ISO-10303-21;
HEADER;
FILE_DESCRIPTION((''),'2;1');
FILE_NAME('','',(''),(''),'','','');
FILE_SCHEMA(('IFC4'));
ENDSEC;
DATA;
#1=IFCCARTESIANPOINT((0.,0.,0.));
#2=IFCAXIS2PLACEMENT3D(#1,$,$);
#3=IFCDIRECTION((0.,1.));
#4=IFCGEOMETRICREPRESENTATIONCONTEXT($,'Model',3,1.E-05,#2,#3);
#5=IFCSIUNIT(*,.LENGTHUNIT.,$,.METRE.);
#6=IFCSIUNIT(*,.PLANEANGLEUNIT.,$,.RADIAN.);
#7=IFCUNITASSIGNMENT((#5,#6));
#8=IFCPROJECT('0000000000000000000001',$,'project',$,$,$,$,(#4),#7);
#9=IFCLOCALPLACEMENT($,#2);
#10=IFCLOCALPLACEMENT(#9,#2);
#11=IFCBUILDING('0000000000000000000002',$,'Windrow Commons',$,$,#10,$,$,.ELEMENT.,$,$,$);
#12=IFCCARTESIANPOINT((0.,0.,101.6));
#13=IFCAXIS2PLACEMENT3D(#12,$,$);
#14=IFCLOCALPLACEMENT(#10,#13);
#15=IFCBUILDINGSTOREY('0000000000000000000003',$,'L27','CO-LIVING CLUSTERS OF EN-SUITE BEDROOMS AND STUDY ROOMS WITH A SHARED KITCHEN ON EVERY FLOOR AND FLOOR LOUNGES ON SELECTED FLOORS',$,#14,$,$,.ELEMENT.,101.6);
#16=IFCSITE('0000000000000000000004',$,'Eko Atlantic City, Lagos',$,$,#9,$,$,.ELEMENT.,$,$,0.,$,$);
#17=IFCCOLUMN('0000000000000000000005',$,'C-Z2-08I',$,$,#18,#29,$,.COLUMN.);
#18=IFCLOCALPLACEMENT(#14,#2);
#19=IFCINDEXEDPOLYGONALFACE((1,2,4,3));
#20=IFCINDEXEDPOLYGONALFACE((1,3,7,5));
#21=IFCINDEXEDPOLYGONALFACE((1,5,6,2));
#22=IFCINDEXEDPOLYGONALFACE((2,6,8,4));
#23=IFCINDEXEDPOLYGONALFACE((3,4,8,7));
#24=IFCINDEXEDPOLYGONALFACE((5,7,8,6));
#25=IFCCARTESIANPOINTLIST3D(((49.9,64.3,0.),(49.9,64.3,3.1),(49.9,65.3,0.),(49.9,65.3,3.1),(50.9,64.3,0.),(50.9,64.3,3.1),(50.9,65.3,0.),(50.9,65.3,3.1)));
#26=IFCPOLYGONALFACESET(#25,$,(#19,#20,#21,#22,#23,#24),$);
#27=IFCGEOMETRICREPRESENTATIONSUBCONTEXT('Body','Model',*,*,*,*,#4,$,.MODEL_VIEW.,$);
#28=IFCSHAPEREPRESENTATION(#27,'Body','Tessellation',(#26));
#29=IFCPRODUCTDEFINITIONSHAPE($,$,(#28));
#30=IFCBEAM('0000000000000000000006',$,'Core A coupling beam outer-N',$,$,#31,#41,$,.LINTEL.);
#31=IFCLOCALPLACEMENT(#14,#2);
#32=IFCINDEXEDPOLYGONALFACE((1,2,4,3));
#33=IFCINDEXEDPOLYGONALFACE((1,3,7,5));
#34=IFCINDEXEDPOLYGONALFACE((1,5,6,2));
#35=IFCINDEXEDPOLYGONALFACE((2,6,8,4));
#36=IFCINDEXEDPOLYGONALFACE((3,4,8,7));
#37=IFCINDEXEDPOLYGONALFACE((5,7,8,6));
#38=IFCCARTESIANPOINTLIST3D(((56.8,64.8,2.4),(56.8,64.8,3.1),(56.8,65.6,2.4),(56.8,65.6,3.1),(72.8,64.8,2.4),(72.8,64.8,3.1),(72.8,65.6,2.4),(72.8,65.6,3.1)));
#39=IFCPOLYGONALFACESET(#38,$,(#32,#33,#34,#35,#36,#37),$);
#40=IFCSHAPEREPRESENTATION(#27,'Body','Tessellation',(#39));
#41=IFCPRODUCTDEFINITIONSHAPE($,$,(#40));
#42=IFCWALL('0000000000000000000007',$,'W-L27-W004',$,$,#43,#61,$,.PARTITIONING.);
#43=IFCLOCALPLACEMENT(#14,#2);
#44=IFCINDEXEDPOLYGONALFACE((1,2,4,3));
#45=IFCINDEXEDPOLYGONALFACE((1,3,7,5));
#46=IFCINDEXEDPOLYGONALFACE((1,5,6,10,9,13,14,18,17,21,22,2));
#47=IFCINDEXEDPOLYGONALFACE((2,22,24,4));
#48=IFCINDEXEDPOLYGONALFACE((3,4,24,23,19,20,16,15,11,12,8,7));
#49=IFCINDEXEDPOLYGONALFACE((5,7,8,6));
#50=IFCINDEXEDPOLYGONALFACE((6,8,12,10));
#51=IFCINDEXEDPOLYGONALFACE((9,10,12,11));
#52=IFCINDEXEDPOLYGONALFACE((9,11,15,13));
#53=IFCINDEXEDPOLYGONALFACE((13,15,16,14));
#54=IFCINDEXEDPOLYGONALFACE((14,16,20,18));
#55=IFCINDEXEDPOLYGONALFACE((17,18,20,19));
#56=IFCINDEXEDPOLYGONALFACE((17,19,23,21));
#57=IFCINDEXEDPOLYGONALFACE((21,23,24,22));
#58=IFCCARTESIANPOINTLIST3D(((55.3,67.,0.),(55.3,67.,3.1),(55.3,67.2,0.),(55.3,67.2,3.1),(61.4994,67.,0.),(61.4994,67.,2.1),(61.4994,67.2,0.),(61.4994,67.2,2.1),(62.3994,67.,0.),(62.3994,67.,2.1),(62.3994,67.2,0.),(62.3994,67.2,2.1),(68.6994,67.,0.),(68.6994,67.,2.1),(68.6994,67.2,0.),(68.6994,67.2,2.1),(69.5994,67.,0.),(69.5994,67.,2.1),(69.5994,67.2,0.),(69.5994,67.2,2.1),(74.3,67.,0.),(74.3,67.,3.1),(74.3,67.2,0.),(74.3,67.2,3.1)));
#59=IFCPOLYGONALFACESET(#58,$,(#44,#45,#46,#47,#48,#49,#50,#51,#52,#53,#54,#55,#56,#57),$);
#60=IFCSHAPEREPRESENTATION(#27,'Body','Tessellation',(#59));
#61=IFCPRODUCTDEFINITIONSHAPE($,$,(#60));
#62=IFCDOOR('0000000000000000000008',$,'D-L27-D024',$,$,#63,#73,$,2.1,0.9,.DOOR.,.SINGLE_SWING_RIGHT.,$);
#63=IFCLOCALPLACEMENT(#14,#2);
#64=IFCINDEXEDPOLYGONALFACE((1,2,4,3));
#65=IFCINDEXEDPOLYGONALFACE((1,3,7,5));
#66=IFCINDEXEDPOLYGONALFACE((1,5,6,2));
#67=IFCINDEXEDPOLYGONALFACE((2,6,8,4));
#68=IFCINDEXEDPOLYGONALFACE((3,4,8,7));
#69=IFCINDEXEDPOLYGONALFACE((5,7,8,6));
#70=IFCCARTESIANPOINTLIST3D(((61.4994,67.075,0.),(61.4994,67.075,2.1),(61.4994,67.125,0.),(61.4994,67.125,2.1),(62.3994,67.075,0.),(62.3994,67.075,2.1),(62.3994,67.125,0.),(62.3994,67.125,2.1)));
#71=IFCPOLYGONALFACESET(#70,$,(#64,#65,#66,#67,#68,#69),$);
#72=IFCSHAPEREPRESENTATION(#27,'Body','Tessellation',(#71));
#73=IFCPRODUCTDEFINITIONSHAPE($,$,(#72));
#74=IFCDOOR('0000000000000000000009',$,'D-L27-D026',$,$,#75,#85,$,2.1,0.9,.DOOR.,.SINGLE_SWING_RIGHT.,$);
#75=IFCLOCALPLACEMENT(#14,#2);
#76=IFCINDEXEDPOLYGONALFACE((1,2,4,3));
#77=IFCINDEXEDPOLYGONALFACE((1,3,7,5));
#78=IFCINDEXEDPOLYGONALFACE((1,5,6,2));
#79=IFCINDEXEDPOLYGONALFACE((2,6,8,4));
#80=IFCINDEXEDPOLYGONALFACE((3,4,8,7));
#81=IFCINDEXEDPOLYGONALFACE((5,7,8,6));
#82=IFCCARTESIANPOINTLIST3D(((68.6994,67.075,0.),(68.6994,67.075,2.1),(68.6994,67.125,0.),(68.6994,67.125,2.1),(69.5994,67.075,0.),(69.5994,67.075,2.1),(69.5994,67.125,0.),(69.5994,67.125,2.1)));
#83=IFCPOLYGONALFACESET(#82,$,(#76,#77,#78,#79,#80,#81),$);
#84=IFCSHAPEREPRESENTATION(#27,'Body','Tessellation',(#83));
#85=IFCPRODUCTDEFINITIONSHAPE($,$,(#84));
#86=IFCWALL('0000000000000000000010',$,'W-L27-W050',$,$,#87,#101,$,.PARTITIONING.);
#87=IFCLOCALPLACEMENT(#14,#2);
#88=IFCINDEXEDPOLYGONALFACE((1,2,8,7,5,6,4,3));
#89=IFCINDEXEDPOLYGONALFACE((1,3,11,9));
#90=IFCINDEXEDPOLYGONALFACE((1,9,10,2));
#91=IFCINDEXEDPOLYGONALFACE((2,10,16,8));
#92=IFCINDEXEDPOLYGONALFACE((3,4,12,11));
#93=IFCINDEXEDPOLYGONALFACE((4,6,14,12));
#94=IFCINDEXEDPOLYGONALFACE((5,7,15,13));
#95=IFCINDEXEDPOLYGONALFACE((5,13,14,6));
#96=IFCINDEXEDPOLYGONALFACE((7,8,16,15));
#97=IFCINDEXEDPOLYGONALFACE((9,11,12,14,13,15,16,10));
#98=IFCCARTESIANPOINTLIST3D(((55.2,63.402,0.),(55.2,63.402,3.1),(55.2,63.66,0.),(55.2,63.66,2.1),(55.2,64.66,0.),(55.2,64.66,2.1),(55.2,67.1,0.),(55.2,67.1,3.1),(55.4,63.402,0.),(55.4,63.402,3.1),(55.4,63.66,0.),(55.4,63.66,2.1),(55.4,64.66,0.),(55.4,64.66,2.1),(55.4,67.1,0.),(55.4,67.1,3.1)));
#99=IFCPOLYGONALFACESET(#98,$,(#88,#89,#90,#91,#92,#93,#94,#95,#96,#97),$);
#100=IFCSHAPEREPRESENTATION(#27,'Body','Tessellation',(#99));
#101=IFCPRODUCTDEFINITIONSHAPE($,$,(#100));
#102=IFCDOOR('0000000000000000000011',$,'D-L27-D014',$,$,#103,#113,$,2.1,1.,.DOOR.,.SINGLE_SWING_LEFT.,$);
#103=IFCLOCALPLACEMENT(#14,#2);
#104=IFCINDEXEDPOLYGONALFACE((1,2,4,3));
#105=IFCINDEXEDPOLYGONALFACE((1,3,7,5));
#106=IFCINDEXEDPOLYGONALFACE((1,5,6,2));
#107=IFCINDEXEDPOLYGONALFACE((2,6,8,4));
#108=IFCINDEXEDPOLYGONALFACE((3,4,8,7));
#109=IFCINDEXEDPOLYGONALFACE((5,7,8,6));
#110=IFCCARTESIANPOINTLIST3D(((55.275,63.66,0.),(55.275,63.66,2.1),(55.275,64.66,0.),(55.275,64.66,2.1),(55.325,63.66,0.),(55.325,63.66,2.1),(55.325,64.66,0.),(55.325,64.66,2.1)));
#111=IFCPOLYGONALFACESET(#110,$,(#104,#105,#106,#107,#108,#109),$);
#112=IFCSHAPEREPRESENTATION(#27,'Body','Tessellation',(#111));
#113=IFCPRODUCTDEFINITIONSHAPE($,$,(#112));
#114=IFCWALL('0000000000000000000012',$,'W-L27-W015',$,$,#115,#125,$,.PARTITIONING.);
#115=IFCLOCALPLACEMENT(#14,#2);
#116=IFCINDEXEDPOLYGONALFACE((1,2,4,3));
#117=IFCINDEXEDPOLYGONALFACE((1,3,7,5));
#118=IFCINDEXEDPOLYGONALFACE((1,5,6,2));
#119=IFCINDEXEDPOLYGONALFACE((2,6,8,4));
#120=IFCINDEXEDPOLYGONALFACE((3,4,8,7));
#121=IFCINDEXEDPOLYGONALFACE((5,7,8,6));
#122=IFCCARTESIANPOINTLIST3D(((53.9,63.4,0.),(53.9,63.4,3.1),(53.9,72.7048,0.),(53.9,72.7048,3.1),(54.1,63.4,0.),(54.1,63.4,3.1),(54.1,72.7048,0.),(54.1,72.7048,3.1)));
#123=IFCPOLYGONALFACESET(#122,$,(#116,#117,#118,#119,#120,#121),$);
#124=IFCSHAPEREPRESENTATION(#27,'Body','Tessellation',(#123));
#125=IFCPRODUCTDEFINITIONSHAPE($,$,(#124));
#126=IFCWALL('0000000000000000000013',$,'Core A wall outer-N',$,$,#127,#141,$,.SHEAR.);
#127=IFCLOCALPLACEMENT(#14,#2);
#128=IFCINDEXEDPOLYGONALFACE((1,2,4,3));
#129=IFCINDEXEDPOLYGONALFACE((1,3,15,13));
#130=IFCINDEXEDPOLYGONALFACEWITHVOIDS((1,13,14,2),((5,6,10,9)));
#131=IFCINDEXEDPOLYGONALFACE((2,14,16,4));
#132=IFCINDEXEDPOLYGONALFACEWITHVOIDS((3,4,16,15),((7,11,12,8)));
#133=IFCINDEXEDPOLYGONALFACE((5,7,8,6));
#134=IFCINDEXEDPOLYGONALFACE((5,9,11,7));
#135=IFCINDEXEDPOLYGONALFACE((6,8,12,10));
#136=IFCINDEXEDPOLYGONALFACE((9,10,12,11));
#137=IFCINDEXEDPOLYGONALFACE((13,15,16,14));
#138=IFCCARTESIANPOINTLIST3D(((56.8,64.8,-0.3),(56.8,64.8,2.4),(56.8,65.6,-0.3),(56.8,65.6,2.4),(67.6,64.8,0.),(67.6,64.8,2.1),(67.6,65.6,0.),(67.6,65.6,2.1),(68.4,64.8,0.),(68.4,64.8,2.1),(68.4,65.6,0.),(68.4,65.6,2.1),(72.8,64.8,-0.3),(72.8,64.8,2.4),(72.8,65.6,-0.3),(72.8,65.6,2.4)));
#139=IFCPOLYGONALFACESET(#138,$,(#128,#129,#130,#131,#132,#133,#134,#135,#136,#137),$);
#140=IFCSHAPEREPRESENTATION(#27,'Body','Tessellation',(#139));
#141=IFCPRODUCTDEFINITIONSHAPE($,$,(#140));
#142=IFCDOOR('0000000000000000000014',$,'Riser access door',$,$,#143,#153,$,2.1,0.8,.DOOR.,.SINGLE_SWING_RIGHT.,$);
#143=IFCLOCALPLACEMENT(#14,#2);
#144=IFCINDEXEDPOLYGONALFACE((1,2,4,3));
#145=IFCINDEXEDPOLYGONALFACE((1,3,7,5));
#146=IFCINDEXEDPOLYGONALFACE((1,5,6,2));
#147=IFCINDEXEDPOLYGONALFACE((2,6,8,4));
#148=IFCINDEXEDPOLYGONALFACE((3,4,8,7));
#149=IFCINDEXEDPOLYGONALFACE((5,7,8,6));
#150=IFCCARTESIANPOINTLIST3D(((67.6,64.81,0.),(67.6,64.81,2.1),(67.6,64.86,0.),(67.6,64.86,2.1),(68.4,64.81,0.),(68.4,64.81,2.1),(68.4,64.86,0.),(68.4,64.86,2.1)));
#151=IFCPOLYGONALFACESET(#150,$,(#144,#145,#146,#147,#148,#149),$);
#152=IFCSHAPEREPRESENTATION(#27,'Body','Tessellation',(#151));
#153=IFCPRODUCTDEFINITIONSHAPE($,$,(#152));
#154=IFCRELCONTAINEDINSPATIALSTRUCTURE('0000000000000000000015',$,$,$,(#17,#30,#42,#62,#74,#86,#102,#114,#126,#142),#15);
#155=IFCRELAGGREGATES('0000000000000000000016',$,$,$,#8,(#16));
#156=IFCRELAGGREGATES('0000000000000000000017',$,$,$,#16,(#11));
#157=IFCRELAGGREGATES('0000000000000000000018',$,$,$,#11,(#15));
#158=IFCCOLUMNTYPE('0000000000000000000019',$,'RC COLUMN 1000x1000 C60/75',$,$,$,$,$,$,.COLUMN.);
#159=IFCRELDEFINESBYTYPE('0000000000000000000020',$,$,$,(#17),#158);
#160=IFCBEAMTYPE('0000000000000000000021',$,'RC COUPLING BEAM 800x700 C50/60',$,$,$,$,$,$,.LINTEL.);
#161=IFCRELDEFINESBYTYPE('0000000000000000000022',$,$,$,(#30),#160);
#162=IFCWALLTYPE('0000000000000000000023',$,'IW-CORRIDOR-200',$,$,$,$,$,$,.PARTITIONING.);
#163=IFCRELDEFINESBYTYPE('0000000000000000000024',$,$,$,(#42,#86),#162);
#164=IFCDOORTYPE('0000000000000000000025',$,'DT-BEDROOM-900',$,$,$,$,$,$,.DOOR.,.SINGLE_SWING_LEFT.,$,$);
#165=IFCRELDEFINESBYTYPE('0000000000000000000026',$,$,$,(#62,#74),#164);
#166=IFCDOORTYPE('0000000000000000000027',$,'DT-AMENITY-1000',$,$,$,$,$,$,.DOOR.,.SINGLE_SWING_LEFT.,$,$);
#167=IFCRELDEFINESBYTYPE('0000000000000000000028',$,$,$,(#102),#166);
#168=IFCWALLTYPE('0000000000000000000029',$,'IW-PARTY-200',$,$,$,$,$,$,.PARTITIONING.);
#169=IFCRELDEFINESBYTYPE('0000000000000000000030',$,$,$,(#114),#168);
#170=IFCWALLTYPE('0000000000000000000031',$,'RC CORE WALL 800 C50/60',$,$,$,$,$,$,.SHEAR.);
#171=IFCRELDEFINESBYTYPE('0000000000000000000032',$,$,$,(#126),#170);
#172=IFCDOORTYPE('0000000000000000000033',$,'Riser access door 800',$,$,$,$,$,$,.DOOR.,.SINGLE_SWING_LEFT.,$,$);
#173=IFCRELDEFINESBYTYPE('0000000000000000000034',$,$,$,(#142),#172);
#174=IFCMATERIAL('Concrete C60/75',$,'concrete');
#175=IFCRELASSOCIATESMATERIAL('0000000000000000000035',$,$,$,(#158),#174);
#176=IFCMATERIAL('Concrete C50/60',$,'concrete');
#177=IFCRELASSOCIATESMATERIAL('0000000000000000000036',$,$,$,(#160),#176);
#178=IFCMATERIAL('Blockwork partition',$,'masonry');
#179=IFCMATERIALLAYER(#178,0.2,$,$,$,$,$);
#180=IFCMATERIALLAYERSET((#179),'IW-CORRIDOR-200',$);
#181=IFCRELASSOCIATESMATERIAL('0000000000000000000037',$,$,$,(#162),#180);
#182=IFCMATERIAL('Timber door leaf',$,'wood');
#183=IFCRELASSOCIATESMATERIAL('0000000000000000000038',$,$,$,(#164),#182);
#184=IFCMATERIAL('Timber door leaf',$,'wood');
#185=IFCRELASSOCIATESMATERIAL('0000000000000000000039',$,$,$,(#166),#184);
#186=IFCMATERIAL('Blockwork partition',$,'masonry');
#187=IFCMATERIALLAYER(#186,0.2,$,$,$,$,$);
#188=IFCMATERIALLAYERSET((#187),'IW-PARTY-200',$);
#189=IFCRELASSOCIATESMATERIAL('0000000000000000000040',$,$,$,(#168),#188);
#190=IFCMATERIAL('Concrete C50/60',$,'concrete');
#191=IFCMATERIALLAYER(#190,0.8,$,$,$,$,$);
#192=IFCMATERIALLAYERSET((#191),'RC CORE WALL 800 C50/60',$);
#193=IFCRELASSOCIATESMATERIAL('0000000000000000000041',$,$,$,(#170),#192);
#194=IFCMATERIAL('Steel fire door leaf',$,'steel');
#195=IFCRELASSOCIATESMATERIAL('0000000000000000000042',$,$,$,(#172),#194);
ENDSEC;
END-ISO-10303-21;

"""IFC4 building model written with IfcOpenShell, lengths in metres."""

from ifc_helpers import new_model, si_unit, direction, frame, frame_2d, origin, origin_2d, place, context, subcontext, project, spatial, rectangle, extrude, material, layer, layer_set, material_profile, profile_set, type_object, element, fill, save


model = new_model("IFC4")

# Units and contexts
model_context = context("Model", 3, precision=1e-05, world=origin(), true_north=direction((0.0, 1.0)))
body_context = subcontext(model_context, "Body", "Model", "MODEL_VIEW")
ifc_project = project(units=[si_unit("LENGTHUNIT", "METRE"), si_unit("PLANEANGLEUNIT", "RADIAN")], contexts=[model_context])

# Site, building, storey
site_placement = place(None, origin())
site = spatial("IfcSite", under=ifc_project, at=site_placement, Name="Eko Atlantic City, Lagos", CompositionType="ELEMENT", RefElevation=0.0)
building_placement = place(site_placement, origin())
building = spatial("IfcBuilding", under=site, at=building_placement, Name="Windrow Commons", CompositionType="ELEMENT")
storey_placement = place(building_placement, frame((0.0, 0.0, 101.6)))
storey = spatial("IfcBuildingStorey", under=building, at=storey_placement, Name="L27", Description="CO-LIVING CLUSTERS OF EN-SUITE BEDROOMS AND STUDY ROOMS WITH A SHARED KITCHEN ON EVERY FLOOR AND FLOOR LOUNGES ON SELECTED FLOORS", CompositionType="ELEMENT", Elevation=101.6)

# Column
ifc_material_1 = material(Name="Concrete C60/75", Category="concrete")
ifc_material_profile_1 = material_profile(ifc_material_1, rectangle(XDim=1.0, YDim=1.0, at=origin_2d()))
ifc_profile_set_1 = profile_set([ifc_material_profile_1], Name="Concrete C60/75")
column_type = type_object("IfcColumnType", Name="RC COLUMN 1000x1000 C60/75", PredefinedType="COLUMN", material=ifc_profile_set_1)
column_placement = place(storey_placement, frame((50.4, 64.8, 0.0), z_axis=(0.0, 0.0, 1.0), x_axis=(1.0, 0.0, 0.0)))
element("IfcColumn", 1, at=column_placement, inside=storey, type_object=column_type, Name="C-Z2-08I", PredefinedType="COLUMN", context=body_context, shape_type="SweptSolid", body=[
    extrude(rectangle(XDim=1.0, YDim=1.0, at=origin_2d()), origin(), (0.0, 0.0, 1.0), 3.1),
])

# Beam
ifc_material_2 = material(Name="Concrete C50/60", Category="concrete")
ifc_material_profile_2 = material_profile(ifc_material_2, rectangle(XDim=0.8, YDim=0.7, at=origin_2d()))
ifc_profile_set_2 = profile_set([ifc_material_profile_2], Name="Concrete C50/60")
beam_type = type_object("IfcBeamType", Name="RC COUPLING BEAM 800x700 C50/60", PredefinedType="LINTEL", material=ifc_profile_set_2)
beam_placement = place(storey_placement, frame((56.8, 65.2, 2.75), z_axis=(1.0, 0.0, 0.0), x_axis=(0.0, 1.0, 0.0)))
element("IfcBeam", 2, at=beam_placement, inside=storey, type_object=beam_type, Name="Core A coupling beam outer-N", PredefinedType="LINTEL", context=body_context, shape_type="SweptSolid", body=[
    extrude(rectangle(XDim=0.8, YDim=0.7, at=origin_2d()), origin(), (0.0, 0.0, 1.0), 16.0),
])

# Wall, openings, doors
ifc_material_3 = material(Name="Blockwork partition", Category="masonry")
ifc_layer_1 = layer(ifc_material_3, 0.2)
ifc_layer_set_1 = layer_set([ifc_layer_1], Name="IW-CORRIDOR-200")
wall_type_1 = type_object("IfcWallType", Name="IW-CORRIDOR-200", PredefinedType="PARTITIONING", material=ifc_layer_set_1)
wall_1_placement = place(storey_placement, frame((55.3, 67.1, 0.0), z_axis=(0.0, 0.0, 1.0), x_axis=(1.0, 0.0, 0.0)))
wall_1 = element("IfcWall", 3, at=wall_1_placement, inside=storey, type_object=wall_type_1, Name="W-L27-W004", PredefinedType="PARTITIONING", context=body_context, shape_type="SweptSolid", body=[
    extrude(rectangle(XDim=19.0, YDim=0.2, at=frame_2d((9.5, 0.0))), origin(), (0.0, 0.0, 1.0), 3.1),
])
opening_1_placement = place(wall_1_placement, frame((6.1994, 0.0, 0.0)))
opening_1 = element("IfcOpeningElement", 4, at=opening_1_placement, cuts=wall_1, PredefinedType="OPENING", context=body_context, shape_type="SweptSolid", body=[
    extrude(rectangle(XDim=0.9, YDim=2.1, at=frame_2d((0.45, 1.05))), frame((0.0, 0.11, 0.0), z_axis=(0.0, -1.0, 0.0), x_axis=(1.0, 0.0, 0.0)), (0.0, 0.0, 1.0), 0.22),
])
opening_2_placement = place(wall_1_placement, frame((13.3994, 0.0, 0.0)))
opening_2 = element("IfcOpeningElement", 5, at=opening_2_placement, cuts=wall_1, PredefinedType="OPENING", context=body_context, shape_type="SweptSolid", body=[
    extrude(rectangle(XDim=0.9, YDim=2.1, at=frame_2d((0.45, 1.05))), frame((0.0, 0.11, 0.0), z_axis=(0.0, -1.0, 0.0), x_axis=(1.0, 0.0, 0.0)), (0.0, 0.0, 1.0), 0.22),
])
ifc_material_4 = material(Name="Timber door leaf", Category="wood")
door_type_1 = type_object("IfcDoorType", Name="DT-BEDROOM-900", OperationType="SINGLE_SWING_LEFT", PredefinedType="DOOR", material=ifc_material_4)
door_1_placement = place(opening_1_placement, origin())
door_1 = element("IfcDoor", 6, at=door_1_placement, inside=storey, type_object=door_type_1, Name="D-L27-D024", OperationType="SINGLE_SWING_RIGHT", OverallHeight=2.1, OverallWidth=0.9, PredefinedType="DOOR", context=body_context, shape_type="SweptSolid", body=[
    extrude(rectangle(XDim=0.9, YDim=2.1, at=frame_2d((0.45, 1.05))), frame((0.0, 0.025, 0.0), z_axis=(0.0, -1.0, 0.0), x_axis=(1.0, 0.0, 0.0)), (0.0, 0.0, 1.0), 0.05),
])
fill(opening_1, door_1)
door_2_placement = place(opening_2_placement, origin())
door_2 = element("IfcDoor", 7, at=door_2_placement, inside=storey, type_object=door_type_1, Name="D-L27-D026", OperationType="SINGLE_SWING_RIGHT", OverallHeight=2.1, OverallWidth=0.9, PredefinedType="DOOR", context=body_context, shape_type="SweptSolid", body=[
    extrude(rectangle(XDim=0.9, YDim=2.1, at=frame_2d((0.45, 1.05))), frame((0.0, 0.025, 0.0), z_axis=(0.0, -1.0, 0.0), x_axis=(1.0, 0.0, 0.0)), (0.0, 0.0, 1.0), 0.05),
])
fill(opening_2, door_2)

# Wall, opening, door
wall_2_placement = place(storey_placement, frame((55.3, 63.402, 0.0), z_axis=(0.0, 0.0, 1.0), x_axis=(0.0, 1.0, 0.0)))
wall_2 = element("IfcWall", 8, at=wall_2_placement, inside=storey, type_object=wall_type_1, Name="W-L27-W050", PredefinedType="PARTITIONING", context=body_context, shape_type="SweptSolid", body=[
    extrude(rectangle(XDim=3.698, YDim=0.2, at=frame_2d((1.849, 0.0))), origin(), (0.0, 0.0, 1.0), 3.1),
])
opening_3_placement = place(wall_2_placement, frame((0.258, 0.0, 0.0)))
opening_3 = element("IfcOpeningElement", 9, at=opening_3_placement, cuts=wall_2, PredefinedType="OPENING", context=body_context, shape_type="SweptSolid", body=[
    extrude(rectangle(XDim=1.0, YDim=2.1, at=frame_2d((0.5, 1.05))), frame((0.0, 0.11, 0.0), z_axis=(0.0, -1.0, 0.0), x_axis=(1.0, 0.0, 0.0)), (0.0, 0.0, 1.0), 0.22),
])
ifc_material_5 = material(Name="Timber door leaf", Category="wood")
door_type_2 = type_object("IfcDoorType", Name="DT-AMENITY-1000", OperationType="SINGLE_SWING_LEFT", PredefinedType="DOOR", material=ifc_material_5)
door_3_placement = place(opening_3_placement, origin())
door_3 = element("IfcDoor", 10, at=door_3_placement, inside=storey, type_object=door_type_2, Name="D-L27-D014", OperationType="SINGLE_SWING_LEFT", OverallHeight=2.1, OverallWidth=1.0, PredefinedType="DOOR", context=body_context, shape_type="SweptSolid", body=[
    extrude(rectangle(XDim=1.0, YDim=2.1, at=frame_2d((0.5, 1.05))), frame((0.0, 0.025, 0.0), z_axis=(0.0, -1.0, 0.0), x_axis=(1.0, 0.0, 0.0)), (0.0, 0.0, 1.0), 0.05),
])
fill(opening_3, door_3)

# Wall
ifc_material_6 = material(Name="Blockwork partition", Category="masonry")
ifc_layer_2 = layer(ifc_material_6, 0.2)
ifc_layer_set_2 = layer_set([ifc_layer_2], Name="IW-PARTY-200")
wall_type_2 = type_object("IfcWallType", Name="IW-PARTY-200", PredefinedType="PARTITIONING", material=ifc_layer_set_2)
wall_3_placement = place(storey_placement, frame((54.0, 63.4, 0.0), z_axis=(0.0, 0.0, 1.0), x_axis=(0.0, 1.0, 0.0)))
element("IfcWall", 11, at=wall_3_placement, inside=storey, type_object=wall_type_2, Name="W-L27-W015", PredefinedType="PARTITIONING", context=body_context, shape_type="SweptSolid", body=[
    extrude(rectangle(XDim=9.3048, YDim=0.2, at=frame_2d((4.6524, 0.0))), origin(), (0.0, 0.0, 1.0), 3.1),
])

# Wall, opening, door
ifc_material_7 = material(Name="Concrete C50/60", Category="concrete")
ifc_layer_3 = layer(ifc_material_7, 0.8)
ifc_layer_set_3 = layer_set([ifc_layer_3], Name="RC CORE WALL 800 C50/60")
wall_type_3 = type_object("IfcWallType", Name="RC CORE WALL 800 C50/60", PredefinedType="SHEAR", material=ifc_layer_set_3)
wall_4_placement = place(storey_placement, frame((56.8, 65.2, -0.3), z_axis=(0.0, 0.0, 1.0), x_axis=(1.0, 0.0, 0.0)))
wall_4 = element("IfcWall", 12, at=wall_4_placement, inside=storey, type_object=wall_type_3, Name="Core A wall outer-N", PredefinedType="SHEAR", context=body_context, shape_type="SweptSolid", body=[
    extrude(rectangle(XDim=16.0, YDim=0.8, at=frame_2d((8.0, 0.0))), origin(), (0.0, 0.0, 1.0), 2.7),
])
opening_4_placement = place(wall_4_placement, frame((10.8, 0.0, 0.3)))
opening_4 = element("IfcOpeningElement", 13, at=opening_4_placement, cuts=wall_4, PredefinedType="OPENING", context=body_context, shape_type="SweptSolid", body=[
    extrude(rectangle(XDim=0.8, YDim=2.1, at=frame_2d((0.4, 1.05))), frame((0.0, 0.41, 0.0), z_axis=(0.0, -1.0, 0.0), x_axis=(1.0, 0.0, 0.0)), (0.0, 0.0, 1.0), 0.82),
])
ifc_material_8 = material(Name="Steel fire door leaf", Category="steel")
door_type_3 = type_object("IfcDoorType", Name="Riser access door 800", OperationType="SINGLE_SWING_LEFT", PredefinedType="DOOR", material=ifc_material_8)
door_4_placement = place(opening_4_placement, origin())
door_4 = element("IfcDoor", 14, at=door_4_placement, inside=storey, type_object=door_type_3, Name="Riser access door", OperationType="SINGLE_SWING_RIGHT", OverallHeight=2.1, OverallWidth=0.8, PredefinedType="DOOR", context=body_context, shape_type="SweptSolid", body=[
    extrude(rectangle(XDim=0.8, YDim=2.1, at=frame_2d((0.4, 1.05))), frame((0.0, -0.34, 0.0), z_axis=(0.0, -1.0, 0.0), x_axis=(1.0, 0.0, 0.0)), (0.0, 0.0, 1.0), 0.05),
])
fill(opening_4, door_4)

save(model, "model.ifc")
